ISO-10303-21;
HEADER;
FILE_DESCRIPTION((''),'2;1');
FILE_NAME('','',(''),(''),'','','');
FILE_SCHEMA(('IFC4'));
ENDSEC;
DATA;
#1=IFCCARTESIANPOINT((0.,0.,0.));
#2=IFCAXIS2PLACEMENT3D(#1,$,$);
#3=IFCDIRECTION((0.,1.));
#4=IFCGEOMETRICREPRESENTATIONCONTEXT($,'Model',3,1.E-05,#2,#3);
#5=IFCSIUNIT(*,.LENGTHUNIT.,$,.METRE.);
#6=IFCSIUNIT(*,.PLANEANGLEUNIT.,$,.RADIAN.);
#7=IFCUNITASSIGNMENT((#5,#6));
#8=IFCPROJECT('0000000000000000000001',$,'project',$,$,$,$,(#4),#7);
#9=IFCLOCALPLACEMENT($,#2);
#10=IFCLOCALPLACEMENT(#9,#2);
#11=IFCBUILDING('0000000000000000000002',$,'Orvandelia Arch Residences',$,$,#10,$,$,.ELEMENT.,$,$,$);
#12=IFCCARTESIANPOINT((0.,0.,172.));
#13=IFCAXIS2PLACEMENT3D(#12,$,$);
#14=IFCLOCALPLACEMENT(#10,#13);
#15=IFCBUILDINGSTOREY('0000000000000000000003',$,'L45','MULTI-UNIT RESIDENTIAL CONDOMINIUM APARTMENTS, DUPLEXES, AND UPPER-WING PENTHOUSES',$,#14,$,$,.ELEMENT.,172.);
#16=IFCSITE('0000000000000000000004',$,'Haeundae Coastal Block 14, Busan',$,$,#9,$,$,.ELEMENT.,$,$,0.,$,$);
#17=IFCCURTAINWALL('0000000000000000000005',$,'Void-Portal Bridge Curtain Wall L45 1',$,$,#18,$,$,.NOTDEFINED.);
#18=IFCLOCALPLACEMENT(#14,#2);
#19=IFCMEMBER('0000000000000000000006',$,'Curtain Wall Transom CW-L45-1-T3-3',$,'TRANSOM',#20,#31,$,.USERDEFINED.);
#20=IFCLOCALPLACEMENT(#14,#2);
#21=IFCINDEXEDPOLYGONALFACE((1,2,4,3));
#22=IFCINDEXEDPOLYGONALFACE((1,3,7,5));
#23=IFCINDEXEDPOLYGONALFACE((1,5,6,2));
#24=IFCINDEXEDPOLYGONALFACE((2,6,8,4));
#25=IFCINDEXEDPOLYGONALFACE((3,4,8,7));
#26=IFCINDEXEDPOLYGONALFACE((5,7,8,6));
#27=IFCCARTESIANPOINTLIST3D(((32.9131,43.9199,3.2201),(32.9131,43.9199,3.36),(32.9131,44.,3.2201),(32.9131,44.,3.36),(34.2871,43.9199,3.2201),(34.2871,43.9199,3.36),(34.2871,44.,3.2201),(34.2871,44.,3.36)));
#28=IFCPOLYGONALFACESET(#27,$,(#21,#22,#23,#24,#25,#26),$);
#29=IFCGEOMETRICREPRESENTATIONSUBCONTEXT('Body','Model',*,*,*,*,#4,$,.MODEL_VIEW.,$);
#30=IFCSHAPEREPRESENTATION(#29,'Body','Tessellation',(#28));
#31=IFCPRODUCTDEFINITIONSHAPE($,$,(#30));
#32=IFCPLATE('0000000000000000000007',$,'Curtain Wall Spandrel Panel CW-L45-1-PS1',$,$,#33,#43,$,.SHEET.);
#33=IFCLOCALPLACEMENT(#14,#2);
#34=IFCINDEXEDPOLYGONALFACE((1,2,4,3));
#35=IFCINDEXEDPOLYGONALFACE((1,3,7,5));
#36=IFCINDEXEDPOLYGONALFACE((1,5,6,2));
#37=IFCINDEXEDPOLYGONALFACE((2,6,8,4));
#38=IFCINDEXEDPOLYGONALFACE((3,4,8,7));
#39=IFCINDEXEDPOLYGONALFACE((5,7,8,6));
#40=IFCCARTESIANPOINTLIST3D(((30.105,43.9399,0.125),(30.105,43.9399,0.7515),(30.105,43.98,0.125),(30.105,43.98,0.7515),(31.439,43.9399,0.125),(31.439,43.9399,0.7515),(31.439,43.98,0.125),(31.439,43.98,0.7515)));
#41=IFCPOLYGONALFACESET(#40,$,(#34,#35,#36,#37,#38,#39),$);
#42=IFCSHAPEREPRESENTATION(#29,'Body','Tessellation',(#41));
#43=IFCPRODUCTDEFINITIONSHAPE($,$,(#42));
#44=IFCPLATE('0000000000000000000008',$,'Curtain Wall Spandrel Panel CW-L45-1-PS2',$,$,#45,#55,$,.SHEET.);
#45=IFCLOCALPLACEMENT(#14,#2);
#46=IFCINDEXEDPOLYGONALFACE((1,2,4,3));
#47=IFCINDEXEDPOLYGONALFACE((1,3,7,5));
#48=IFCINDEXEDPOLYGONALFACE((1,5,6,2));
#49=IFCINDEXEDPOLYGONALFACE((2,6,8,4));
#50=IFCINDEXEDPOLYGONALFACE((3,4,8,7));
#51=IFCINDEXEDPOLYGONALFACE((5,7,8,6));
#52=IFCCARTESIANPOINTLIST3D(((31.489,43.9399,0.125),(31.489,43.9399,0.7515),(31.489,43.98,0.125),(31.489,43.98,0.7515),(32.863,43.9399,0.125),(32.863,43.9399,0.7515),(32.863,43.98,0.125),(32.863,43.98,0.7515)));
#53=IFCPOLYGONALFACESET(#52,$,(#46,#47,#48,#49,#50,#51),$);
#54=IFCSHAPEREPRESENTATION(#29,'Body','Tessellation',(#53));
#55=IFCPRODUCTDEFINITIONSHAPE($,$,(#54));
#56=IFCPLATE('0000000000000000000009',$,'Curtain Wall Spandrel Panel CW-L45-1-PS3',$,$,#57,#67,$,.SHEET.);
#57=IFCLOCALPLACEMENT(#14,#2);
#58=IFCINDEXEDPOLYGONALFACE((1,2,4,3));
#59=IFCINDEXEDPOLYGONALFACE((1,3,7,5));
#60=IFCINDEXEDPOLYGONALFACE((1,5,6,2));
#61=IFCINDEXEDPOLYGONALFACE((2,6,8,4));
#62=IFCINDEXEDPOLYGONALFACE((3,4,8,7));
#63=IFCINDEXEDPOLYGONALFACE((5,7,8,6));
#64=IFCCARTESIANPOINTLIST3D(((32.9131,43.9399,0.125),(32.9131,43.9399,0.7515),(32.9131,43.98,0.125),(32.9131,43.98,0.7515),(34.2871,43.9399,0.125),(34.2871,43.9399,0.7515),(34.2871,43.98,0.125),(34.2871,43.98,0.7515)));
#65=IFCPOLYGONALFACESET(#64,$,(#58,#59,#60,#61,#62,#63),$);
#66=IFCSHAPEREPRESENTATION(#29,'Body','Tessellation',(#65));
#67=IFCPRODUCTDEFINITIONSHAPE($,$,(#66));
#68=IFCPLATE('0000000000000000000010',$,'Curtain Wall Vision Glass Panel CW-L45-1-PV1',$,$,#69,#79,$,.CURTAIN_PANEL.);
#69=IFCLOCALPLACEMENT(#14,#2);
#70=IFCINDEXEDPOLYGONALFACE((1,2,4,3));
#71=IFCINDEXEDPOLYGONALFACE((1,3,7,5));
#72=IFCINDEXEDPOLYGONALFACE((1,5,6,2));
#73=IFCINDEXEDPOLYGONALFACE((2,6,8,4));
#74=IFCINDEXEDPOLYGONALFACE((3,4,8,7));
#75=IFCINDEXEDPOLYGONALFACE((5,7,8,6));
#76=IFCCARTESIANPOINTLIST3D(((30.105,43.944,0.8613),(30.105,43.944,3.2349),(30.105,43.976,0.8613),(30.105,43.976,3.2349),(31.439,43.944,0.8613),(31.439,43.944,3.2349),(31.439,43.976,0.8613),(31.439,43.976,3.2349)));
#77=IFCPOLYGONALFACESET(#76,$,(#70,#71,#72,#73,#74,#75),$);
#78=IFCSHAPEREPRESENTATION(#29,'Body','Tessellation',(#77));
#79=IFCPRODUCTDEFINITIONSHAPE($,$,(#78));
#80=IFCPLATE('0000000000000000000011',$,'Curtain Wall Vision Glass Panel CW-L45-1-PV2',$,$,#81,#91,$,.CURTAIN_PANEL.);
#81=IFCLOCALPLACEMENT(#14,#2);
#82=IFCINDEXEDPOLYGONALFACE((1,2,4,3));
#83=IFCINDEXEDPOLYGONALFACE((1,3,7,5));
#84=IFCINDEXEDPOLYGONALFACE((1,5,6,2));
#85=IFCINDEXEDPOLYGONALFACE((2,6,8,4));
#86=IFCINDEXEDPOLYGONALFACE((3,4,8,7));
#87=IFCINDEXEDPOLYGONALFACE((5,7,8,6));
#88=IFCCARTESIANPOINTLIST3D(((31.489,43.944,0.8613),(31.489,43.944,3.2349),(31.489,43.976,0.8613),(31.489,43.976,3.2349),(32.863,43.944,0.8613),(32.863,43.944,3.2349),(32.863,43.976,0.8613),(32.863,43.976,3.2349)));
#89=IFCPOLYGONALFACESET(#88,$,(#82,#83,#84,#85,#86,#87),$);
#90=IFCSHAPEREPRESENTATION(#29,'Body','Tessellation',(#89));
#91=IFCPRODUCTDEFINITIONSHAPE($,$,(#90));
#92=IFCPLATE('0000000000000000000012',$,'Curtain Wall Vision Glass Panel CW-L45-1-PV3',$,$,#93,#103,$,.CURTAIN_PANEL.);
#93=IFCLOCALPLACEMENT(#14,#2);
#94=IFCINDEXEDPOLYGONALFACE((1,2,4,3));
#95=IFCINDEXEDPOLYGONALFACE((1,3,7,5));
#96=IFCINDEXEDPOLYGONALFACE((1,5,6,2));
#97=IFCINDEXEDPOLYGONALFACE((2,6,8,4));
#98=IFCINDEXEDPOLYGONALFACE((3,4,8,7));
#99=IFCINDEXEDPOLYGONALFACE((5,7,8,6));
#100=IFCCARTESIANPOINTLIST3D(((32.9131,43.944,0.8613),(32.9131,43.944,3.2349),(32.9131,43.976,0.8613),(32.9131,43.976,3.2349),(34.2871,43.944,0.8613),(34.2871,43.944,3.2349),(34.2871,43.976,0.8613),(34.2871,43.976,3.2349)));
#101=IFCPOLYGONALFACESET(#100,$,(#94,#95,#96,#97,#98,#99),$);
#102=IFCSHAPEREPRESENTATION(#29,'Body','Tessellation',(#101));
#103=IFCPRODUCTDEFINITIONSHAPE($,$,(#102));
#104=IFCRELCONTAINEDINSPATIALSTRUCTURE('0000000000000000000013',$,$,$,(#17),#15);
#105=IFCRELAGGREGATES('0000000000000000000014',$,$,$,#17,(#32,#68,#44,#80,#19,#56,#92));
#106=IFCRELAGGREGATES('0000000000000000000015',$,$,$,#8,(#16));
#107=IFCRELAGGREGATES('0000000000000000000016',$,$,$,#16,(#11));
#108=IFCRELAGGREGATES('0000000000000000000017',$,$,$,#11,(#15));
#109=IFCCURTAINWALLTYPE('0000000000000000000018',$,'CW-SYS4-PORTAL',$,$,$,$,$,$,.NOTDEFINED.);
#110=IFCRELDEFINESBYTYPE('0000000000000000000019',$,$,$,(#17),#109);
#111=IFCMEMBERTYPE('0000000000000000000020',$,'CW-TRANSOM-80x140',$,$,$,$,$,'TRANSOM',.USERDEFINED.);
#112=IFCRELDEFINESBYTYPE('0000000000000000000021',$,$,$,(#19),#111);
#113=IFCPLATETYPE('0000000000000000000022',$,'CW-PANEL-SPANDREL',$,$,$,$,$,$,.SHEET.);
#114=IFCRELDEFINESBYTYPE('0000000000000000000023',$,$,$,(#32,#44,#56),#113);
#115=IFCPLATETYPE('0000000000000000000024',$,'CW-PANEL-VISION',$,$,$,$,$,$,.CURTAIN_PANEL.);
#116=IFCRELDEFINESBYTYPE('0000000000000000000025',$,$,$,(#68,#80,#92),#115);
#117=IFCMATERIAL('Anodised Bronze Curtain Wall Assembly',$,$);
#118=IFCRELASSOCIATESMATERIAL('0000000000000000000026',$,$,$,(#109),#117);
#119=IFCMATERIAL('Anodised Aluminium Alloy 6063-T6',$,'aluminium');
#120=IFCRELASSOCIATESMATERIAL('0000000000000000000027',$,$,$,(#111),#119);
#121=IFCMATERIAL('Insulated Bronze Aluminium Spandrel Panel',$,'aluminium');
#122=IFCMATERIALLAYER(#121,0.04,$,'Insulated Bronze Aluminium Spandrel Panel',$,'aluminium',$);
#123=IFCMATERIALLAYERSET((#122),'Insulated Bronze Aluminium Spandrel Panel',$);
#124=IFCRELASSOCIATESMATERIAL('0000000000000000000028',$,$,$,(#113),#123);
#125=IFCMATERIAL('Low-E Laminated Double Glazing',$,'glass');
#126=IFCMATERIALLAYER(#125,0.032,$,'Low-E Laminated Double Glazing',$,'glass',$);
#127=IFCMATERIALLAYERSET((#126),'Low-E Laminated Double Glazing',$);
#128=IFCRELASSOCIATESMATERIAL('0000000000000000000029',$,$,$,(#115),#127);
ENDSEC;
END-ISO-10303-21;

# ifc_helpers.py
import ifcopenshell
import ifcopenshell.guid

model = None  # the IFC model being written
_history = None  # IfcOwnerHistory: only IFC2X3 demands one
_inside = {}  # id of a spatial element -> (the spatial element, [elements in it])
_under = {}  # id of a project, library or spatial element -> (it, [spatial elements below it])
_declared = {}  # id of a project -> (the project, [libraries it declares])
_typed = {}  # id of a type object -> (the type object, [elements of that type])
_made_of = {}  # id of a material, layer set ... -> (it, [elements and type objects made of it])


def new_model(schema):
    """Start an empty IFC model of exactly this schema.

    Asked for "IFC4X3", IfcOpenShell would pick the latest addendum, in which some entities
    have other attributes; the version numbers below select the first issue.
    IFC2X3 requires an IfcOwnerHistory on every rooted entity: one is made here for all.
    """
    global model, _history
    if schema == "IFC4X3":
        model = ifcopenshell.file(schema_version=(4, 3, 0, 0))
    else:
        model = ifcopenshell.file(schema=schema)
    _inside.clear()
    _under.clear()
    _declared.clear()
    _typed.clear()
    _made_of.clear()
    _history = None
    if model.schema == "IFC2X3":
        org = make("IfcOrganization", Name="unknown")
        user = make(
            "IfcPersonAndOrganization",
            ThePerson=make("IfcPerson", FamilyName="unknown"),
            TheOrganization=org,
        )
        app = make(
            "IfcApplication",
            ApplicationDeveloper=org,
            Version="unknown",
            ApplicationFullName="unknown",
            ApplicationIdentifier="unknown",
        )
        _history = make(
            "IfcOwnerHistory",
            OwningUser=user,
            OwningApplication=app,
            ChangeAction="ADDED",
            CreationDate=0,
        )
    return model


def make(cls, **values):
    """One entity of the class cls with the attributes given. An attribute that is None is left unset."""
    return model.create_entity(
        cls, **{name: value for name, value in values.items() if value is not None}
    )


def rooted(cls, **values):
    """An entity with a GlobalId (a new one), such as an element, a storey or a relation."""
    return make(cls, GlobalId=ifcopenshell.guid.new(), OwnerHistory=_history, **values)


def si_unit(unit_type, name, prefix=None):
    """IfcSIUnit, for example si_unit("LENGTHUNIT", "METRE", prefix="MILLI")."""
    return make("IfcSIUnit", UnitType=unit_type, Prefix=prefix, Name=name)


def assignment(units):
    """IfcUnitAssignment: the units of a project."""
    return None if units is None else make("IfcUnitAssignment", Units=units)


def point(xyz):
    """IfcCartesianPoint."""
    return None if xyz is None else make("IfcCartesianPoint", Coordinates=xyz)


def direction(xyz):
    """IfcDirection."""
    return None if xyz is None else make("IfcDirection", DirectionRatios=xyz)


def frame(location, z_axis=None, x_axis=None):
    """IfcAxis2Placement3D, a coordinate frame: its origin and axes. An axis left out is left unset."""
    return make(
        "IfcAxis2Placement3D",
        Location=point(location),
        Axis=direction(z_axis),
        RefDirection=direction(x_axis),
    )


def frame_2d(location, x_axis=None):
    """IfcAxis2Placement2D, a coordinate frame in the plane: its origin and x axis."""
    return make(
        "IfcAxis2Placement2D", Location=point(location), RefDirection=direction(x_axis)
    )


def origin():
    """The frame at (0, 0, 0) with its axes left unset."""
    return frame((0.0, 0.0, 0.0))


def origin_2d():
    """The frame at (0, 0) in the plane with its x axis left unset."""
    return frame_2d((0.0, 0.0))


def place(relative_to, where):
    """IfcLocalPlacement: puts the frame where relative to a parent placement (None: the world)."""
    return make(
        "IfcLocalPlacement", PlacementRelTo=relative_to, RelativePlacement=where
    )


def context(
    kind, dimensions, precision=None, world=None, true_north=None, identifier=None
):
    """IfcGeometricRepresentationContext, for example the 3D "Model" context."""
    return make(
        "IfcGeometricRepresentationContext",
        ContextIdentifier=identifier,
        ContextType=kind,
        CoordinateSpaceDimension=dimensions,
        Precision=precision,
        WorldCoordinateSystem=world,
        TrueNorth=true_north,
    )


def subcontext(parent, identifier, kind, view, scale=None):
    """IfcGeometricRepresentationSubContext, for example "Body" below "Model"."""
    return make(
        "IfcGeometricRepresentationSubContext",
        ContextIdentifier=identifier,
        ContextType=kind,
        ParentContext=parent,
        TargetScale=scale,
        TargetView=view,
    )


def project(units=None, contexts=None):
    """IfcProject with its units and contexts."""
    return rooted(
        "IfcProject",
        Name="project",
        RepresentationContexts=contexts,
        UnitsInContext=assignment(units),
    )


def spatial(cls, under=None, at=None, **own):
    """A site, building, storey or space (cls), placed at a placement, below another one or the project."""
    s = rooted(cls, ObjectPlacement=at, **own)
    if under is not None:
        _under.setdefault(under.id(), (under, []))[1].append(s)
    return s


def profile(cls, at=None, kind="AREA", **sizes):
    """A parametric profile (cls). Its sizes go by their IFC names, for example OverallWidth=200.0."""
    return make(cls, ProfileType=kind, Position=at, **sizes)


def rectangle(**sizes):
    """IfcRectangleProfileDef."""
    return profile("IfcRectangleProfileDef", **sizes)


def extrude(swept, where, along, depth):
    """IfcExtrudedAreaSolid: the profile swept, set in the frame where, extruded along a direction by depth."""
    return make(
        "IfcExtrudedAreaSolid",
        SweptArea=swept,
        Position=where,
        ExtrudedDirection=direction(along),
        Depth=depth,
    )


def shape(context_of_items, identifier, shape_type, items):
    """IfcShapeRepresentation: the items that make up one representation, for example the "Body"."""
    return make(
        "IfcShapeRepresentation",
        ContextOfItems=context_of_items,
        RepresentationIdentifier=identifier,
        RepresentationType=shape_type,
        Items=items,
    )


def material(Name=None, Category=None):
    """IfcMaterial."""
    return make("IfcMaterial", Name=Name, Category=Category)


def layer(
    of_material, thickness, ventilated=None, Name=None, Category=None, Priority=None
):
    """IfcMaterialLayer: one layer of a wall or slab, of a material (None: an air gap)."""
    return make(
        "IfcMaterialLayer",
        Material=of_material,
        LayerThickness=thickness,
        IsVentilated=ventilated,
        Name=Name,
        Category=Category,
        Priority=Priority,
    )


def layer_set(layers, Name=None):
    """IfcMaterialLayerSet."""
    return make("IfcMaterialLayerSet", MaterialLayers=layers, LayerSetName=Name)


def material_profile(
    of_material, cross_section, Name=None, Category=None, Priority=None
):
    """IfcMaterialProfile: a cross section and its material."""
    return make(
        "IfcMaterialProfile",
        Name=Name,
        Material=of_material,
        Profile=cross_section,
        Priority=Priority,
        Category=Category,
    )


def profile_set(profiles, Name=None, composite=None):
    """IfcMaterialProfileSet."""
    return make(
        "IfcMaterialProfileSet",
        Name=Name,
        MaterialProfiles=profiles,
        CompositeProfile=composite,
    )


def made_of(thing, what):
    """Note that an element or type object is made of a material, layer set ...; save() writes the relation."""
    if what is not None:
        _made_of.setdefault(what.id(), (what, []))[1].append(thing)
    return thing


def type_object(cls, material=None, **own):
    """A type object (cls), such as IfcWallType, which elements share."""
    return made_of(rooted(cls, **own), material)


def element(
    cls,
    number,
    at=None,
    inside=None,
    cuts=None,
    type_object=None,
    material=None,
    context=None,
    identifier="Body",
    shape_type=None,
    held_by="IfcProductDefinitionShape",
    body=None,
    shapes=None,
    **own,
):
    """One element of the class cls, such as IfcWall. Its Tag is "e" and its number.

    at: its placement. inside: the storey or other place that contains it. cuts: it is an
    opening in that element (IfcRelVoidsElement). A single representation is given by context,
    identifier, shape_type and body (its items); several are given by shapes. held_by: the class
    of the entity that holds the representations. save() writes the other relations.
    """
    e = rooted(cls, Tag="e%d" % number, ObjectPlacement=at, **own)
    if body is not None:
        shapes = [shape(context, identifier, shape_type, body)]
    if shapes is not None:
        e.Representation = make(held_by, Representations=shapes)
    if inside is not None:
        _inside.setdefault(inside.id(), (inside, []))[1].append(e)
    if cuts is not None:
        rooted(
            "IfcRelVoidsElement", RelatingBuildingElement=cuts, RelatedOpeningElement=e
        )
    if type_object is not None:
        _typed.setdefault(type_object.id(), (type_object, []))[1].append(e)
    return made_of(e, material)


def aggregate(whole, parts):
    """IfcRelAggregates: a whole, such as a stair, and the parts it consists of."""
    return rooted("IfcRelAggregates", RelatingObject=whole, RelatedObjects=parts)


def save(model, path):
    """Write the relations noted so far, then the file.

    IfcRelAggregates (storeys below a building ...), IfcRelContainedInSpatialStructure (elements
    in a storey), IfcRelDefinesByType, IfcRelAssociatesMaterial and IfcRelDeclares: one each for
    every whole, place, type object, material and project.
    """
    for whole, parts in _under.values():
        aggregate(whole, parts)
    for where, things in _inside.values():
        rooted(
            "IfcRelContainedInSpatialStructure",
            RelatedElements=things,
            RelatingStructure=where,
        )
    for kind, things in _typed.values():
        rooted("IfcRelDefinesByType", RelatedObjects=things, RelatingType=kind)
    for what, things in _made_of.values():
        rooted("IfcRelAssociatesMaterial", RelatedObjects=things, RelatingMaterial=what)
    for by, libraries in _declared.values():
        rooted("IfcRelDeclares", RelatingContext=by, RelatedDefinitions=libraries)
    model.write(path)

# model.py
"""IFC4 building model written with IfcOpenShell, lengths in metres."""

from ifc_helpers import new_model, si_unit, direction, frame, origin, origin_2d, place, context, subcontext, project, spatial, rectangle, extrude, material, layer, layer_set, material_profile, profile_set, type_object, element, aggregate, save


model = new_model("IFC4")

# Units and contexts
model_context = context("Model", 3, precision=1e-05, world=origin(), true_north=direction((0.0, 1.0)))
body_context = subcontext(model_context, "Body", "Model", "MODEL_VIEW")
ifc_project = project(units=[si_unit("LENGTHUNIT", "METRE"), si_unit("PLANEANGLEUNIT", "RADIAN")], contexts=[model_context])

# Site, building, storey
site_placement = place(None, origin())
site = spatial("IfcSite", under=ifc_project, at=site_placement, Name="Haeundae Coastal Block 14, Busan", CompositionType="ELEMENT", RefElevation=0.0)
building_placement = place(site_placement, origin())
building = spatial("IfcBuilding", under=site, at=building_placement, Name="Orvandelia Arch Residences", CompositionType="ELEMENT")
storey_placement = place(building_placement, frame((0.0, 0.0, 172.0)))
storey = spatial("IfcBuildingStorey", under=building, at=storey_placement, Name="L45", Description="MULTI-UNIT RESIDENTIAL CONDOMINIUM APARTMENTS, DUPLEXES, AND UPPER-WING PENTHOUSES", CompositionType="ELEMENT", Elevation=172.0)

# Curtain wall, member, plates
ifc_material_1 = material(Name="Anodised Bronze Curtain Wall Assembly")
curtain_wall_type = type_object("IfcCurtainWallType", Name="CW-SYS4-PORTAL", PredefinedType="NOTDEFINED", material=ifc_material_1)
curtain_wall_placement = place(storey_placement, origin())
curtain_wall = element("IfcCurtainWall", 1, at=curtain_wall_placement, inside=storey, type_object=curtain_wall_type, Name="Void-Portal Bridge Curtain Wall L45 1", PredefinedType="NOTDEFINED")
ifc_material_2 = material(Name="Anodised Aluminium Alloy 6063-T6", Category="aluminium")
ifc_material_profile_1 = material_profile(ifc_material_2, rectangle(XDim=0.0801, YDim=0.1399, at=origin_2d()), Name="Anodised Aluminium Alloy 6063-T6", Category="aluminium")
ifc_profile_set_1 = profile_set([ifc_material_profile_1], Name="Anodised Aluminium Alloy 6063-T6")
member_type_1 = type_object("IfcMemberType", Name="CW-TRANSOM-80x140", ElementType="TRANSOM", PredefinedType="USERDEFINED", material=ifc_profile_set_1)
member_1_placement = place(storey_placement, frame((32.9131, 43.96, 3.29), z_axis=(1.0, 0.0, 0.0), x_axis=(0.0, 1.0, 0.0)))
member_1 = element("IfcMember", 2, at=member_1_placement, type_object=member_type_1, Name="Curtain Wall Transom CW-L45-1-T3-3", ObjectType="TRANSOM", PredefinedType="USERDEFINED", context=body_context, shape_type="SweptSolid", body=[
    extrude(rectangle(XDim=0.0801, YDim=0.1399, at=origin_2d()), origin(), (0.0, 0.0, 1.0), 1.374),
])
ifc_material_3 = material(Name="Insulated Bronze Aluminium Spandrel Panel", Category="aluminium")
ifc_layer_1 = layer(ifc_material_3, 0.04, Name="Insulated Bronze Aluminium Spandrel Panel", Category="aluminium")
ifc_layer_set_1 = layer_set([ifc_layer_1], Name="Insulated Bronze Aluminium Spandrel Panel")
plate_type_1 = type_object("IfcPlateType", Name="CW-PANEL-SPANDREL", PredefinedType="SHEET", material=ifc_layer_set_1)
plate_1_placement = place(storey_placement, frame((30.772, 43.96, 0.125), z_axis=(0.0, 0.0, 1.0), x_axis=(1.0, 0.0, 0.0)))
plate_1 = element("IfcPlate", 3, at=plate_1_placement, type_object=plate_type_1, Name="Curtain Wall Spandrel Panel CW-L45-1-PS1", PredefinedType="SHEET", context=body_context, shape_type="SweptSolid", body=[
    extrude(rectangle(XDim=1.334, YDim=0.04, at=origin_2d()), origin(), (0.0, 0.0, 1.0), 0.6265),
])
plate_2_placement = place(storey_placement, frame((32.176, 43.96, 0.125), z_axis=(0.0, 0.0, 1.0), x_axis=(1.0, 0.0, 0.0)))
plate_2 = element("IfcPlate", 4, at=plate_2_placement, type_object=plate_type_1, Name="Curtain Wall Spandrel Panel CW-L45-1-PS2", PredefinedType="SHEET", context=body_context, shape_type="SweptSolid", body=[
    extrude(rectangle(XDim=1.374, YDim=0.04, at=origin_2d()), origin(), (0.0, 0.0, 1.0), 0.6265),
])
plate_3_placement = place(storey_placement, frame((33.6001, 43.96, 0.125), z_axis=(0.0, 0.0, 1.0), x_axis=(1.0, 0.0, 0.0)))
plate_3 = element("IfcPlate", 5, at=plate_3_placement, type_object=plate_type_1, Name="Curtain Wall Spandrel Panel CW-L45-1-PS3", PredefinedType="SHEET", context=body_context, shape_type="SweptSolid", body=[
    extrude(rectangle(XDim=1.374, YDim=0.04, at=origin_2d()), origin(), (0.0, 0.0, 1.0), 0.6265),
])
ifc_material_4 = material(Name="Low-E Laminated Double Glazing", Category="glass")
ifc_layer_2 = layer(ifc_material_4, 0.032, Name="Low-E Laminated Double Glazing", Category="glass")
ifc_layer_set_2 = layer_set([ifc_layer_2], Name="Low-E Laminated Double Glazing")
plate_type_2 = type_object("IfcPlateType", Name="CW-PANEL-VISION", PredefinedType="CURTAIN_PANEL", material=ifc_layer_set_2)
plate_4_placement = place(storey_placement, frame((30.772, 43.96, 0.8613), z_axis=(0.0, 0.0, 1.0), x_axis=(1.0, 0.0, 0.0)))
plate_4 = element("IfcPlate", 6, at=plate_4_placement, type_object=plate_type_2, Name="Curtain Wall Vision Glass Panel CW-L45-1-PV1", PredefinedType="CURTAIN_PANEL", context=body_context, shape_type="SweptSolid", body=[
    extrude(rectangle(XDim=1.334, YDim=0.032, at=origin_2d()), origin(), (0.0, 0.0, 1.0), 2.3735),
])
plate_5_placement = place(storey_placement, frame((32.176, 43.96, 0.8613), z_axis=(0.0, 0.0, 1.0), x_axis=(1.0, 0.0, 0.0)))
plate_5 = element("IfcPlate", 7, at=plate_5_placement, type_object=plate_type_2, Name="Curtain Wall Vision Glass Panel CW-L45-1-PV2", PredefinedType="CURTAIN_PANEL", context=body_context, shape_type="SweptSolid", body=[
    extrude(rectangle(XDim=1.374, YDim=0.032, at=origin_2d()), origin(), (0.0, 0.0, 1.0), 2.3735),
])
plate_6_placement = place(storey_placement, frame((33.6001, 43.96, 0.8613), z_axis=(0.0, 0.0, 1.0), x_axis=(1.0, 0.0, 0.0)))
plate_6 = element("IfcPlate", 8, at=plate_6_placement, type_object=plate_type_2, Name="Curtain Wall Vision Glass Panel CW-L45-1-PV3", PredefinedType="CURTAIN_PANEL", context=body_context, shape_type="SweptSolid", body=[
    extrude(rectangle(XDim=1.374, YDim=0.032, at=origin_2d()), origin(), (0.0, 0.0, 1.0), 2.3735),
])
aggregate(curtain_wall, [plate_1, plate_4, plate_2, plate_5, member_1, plate_3, plate_6])

save(model, "model.ifc")
